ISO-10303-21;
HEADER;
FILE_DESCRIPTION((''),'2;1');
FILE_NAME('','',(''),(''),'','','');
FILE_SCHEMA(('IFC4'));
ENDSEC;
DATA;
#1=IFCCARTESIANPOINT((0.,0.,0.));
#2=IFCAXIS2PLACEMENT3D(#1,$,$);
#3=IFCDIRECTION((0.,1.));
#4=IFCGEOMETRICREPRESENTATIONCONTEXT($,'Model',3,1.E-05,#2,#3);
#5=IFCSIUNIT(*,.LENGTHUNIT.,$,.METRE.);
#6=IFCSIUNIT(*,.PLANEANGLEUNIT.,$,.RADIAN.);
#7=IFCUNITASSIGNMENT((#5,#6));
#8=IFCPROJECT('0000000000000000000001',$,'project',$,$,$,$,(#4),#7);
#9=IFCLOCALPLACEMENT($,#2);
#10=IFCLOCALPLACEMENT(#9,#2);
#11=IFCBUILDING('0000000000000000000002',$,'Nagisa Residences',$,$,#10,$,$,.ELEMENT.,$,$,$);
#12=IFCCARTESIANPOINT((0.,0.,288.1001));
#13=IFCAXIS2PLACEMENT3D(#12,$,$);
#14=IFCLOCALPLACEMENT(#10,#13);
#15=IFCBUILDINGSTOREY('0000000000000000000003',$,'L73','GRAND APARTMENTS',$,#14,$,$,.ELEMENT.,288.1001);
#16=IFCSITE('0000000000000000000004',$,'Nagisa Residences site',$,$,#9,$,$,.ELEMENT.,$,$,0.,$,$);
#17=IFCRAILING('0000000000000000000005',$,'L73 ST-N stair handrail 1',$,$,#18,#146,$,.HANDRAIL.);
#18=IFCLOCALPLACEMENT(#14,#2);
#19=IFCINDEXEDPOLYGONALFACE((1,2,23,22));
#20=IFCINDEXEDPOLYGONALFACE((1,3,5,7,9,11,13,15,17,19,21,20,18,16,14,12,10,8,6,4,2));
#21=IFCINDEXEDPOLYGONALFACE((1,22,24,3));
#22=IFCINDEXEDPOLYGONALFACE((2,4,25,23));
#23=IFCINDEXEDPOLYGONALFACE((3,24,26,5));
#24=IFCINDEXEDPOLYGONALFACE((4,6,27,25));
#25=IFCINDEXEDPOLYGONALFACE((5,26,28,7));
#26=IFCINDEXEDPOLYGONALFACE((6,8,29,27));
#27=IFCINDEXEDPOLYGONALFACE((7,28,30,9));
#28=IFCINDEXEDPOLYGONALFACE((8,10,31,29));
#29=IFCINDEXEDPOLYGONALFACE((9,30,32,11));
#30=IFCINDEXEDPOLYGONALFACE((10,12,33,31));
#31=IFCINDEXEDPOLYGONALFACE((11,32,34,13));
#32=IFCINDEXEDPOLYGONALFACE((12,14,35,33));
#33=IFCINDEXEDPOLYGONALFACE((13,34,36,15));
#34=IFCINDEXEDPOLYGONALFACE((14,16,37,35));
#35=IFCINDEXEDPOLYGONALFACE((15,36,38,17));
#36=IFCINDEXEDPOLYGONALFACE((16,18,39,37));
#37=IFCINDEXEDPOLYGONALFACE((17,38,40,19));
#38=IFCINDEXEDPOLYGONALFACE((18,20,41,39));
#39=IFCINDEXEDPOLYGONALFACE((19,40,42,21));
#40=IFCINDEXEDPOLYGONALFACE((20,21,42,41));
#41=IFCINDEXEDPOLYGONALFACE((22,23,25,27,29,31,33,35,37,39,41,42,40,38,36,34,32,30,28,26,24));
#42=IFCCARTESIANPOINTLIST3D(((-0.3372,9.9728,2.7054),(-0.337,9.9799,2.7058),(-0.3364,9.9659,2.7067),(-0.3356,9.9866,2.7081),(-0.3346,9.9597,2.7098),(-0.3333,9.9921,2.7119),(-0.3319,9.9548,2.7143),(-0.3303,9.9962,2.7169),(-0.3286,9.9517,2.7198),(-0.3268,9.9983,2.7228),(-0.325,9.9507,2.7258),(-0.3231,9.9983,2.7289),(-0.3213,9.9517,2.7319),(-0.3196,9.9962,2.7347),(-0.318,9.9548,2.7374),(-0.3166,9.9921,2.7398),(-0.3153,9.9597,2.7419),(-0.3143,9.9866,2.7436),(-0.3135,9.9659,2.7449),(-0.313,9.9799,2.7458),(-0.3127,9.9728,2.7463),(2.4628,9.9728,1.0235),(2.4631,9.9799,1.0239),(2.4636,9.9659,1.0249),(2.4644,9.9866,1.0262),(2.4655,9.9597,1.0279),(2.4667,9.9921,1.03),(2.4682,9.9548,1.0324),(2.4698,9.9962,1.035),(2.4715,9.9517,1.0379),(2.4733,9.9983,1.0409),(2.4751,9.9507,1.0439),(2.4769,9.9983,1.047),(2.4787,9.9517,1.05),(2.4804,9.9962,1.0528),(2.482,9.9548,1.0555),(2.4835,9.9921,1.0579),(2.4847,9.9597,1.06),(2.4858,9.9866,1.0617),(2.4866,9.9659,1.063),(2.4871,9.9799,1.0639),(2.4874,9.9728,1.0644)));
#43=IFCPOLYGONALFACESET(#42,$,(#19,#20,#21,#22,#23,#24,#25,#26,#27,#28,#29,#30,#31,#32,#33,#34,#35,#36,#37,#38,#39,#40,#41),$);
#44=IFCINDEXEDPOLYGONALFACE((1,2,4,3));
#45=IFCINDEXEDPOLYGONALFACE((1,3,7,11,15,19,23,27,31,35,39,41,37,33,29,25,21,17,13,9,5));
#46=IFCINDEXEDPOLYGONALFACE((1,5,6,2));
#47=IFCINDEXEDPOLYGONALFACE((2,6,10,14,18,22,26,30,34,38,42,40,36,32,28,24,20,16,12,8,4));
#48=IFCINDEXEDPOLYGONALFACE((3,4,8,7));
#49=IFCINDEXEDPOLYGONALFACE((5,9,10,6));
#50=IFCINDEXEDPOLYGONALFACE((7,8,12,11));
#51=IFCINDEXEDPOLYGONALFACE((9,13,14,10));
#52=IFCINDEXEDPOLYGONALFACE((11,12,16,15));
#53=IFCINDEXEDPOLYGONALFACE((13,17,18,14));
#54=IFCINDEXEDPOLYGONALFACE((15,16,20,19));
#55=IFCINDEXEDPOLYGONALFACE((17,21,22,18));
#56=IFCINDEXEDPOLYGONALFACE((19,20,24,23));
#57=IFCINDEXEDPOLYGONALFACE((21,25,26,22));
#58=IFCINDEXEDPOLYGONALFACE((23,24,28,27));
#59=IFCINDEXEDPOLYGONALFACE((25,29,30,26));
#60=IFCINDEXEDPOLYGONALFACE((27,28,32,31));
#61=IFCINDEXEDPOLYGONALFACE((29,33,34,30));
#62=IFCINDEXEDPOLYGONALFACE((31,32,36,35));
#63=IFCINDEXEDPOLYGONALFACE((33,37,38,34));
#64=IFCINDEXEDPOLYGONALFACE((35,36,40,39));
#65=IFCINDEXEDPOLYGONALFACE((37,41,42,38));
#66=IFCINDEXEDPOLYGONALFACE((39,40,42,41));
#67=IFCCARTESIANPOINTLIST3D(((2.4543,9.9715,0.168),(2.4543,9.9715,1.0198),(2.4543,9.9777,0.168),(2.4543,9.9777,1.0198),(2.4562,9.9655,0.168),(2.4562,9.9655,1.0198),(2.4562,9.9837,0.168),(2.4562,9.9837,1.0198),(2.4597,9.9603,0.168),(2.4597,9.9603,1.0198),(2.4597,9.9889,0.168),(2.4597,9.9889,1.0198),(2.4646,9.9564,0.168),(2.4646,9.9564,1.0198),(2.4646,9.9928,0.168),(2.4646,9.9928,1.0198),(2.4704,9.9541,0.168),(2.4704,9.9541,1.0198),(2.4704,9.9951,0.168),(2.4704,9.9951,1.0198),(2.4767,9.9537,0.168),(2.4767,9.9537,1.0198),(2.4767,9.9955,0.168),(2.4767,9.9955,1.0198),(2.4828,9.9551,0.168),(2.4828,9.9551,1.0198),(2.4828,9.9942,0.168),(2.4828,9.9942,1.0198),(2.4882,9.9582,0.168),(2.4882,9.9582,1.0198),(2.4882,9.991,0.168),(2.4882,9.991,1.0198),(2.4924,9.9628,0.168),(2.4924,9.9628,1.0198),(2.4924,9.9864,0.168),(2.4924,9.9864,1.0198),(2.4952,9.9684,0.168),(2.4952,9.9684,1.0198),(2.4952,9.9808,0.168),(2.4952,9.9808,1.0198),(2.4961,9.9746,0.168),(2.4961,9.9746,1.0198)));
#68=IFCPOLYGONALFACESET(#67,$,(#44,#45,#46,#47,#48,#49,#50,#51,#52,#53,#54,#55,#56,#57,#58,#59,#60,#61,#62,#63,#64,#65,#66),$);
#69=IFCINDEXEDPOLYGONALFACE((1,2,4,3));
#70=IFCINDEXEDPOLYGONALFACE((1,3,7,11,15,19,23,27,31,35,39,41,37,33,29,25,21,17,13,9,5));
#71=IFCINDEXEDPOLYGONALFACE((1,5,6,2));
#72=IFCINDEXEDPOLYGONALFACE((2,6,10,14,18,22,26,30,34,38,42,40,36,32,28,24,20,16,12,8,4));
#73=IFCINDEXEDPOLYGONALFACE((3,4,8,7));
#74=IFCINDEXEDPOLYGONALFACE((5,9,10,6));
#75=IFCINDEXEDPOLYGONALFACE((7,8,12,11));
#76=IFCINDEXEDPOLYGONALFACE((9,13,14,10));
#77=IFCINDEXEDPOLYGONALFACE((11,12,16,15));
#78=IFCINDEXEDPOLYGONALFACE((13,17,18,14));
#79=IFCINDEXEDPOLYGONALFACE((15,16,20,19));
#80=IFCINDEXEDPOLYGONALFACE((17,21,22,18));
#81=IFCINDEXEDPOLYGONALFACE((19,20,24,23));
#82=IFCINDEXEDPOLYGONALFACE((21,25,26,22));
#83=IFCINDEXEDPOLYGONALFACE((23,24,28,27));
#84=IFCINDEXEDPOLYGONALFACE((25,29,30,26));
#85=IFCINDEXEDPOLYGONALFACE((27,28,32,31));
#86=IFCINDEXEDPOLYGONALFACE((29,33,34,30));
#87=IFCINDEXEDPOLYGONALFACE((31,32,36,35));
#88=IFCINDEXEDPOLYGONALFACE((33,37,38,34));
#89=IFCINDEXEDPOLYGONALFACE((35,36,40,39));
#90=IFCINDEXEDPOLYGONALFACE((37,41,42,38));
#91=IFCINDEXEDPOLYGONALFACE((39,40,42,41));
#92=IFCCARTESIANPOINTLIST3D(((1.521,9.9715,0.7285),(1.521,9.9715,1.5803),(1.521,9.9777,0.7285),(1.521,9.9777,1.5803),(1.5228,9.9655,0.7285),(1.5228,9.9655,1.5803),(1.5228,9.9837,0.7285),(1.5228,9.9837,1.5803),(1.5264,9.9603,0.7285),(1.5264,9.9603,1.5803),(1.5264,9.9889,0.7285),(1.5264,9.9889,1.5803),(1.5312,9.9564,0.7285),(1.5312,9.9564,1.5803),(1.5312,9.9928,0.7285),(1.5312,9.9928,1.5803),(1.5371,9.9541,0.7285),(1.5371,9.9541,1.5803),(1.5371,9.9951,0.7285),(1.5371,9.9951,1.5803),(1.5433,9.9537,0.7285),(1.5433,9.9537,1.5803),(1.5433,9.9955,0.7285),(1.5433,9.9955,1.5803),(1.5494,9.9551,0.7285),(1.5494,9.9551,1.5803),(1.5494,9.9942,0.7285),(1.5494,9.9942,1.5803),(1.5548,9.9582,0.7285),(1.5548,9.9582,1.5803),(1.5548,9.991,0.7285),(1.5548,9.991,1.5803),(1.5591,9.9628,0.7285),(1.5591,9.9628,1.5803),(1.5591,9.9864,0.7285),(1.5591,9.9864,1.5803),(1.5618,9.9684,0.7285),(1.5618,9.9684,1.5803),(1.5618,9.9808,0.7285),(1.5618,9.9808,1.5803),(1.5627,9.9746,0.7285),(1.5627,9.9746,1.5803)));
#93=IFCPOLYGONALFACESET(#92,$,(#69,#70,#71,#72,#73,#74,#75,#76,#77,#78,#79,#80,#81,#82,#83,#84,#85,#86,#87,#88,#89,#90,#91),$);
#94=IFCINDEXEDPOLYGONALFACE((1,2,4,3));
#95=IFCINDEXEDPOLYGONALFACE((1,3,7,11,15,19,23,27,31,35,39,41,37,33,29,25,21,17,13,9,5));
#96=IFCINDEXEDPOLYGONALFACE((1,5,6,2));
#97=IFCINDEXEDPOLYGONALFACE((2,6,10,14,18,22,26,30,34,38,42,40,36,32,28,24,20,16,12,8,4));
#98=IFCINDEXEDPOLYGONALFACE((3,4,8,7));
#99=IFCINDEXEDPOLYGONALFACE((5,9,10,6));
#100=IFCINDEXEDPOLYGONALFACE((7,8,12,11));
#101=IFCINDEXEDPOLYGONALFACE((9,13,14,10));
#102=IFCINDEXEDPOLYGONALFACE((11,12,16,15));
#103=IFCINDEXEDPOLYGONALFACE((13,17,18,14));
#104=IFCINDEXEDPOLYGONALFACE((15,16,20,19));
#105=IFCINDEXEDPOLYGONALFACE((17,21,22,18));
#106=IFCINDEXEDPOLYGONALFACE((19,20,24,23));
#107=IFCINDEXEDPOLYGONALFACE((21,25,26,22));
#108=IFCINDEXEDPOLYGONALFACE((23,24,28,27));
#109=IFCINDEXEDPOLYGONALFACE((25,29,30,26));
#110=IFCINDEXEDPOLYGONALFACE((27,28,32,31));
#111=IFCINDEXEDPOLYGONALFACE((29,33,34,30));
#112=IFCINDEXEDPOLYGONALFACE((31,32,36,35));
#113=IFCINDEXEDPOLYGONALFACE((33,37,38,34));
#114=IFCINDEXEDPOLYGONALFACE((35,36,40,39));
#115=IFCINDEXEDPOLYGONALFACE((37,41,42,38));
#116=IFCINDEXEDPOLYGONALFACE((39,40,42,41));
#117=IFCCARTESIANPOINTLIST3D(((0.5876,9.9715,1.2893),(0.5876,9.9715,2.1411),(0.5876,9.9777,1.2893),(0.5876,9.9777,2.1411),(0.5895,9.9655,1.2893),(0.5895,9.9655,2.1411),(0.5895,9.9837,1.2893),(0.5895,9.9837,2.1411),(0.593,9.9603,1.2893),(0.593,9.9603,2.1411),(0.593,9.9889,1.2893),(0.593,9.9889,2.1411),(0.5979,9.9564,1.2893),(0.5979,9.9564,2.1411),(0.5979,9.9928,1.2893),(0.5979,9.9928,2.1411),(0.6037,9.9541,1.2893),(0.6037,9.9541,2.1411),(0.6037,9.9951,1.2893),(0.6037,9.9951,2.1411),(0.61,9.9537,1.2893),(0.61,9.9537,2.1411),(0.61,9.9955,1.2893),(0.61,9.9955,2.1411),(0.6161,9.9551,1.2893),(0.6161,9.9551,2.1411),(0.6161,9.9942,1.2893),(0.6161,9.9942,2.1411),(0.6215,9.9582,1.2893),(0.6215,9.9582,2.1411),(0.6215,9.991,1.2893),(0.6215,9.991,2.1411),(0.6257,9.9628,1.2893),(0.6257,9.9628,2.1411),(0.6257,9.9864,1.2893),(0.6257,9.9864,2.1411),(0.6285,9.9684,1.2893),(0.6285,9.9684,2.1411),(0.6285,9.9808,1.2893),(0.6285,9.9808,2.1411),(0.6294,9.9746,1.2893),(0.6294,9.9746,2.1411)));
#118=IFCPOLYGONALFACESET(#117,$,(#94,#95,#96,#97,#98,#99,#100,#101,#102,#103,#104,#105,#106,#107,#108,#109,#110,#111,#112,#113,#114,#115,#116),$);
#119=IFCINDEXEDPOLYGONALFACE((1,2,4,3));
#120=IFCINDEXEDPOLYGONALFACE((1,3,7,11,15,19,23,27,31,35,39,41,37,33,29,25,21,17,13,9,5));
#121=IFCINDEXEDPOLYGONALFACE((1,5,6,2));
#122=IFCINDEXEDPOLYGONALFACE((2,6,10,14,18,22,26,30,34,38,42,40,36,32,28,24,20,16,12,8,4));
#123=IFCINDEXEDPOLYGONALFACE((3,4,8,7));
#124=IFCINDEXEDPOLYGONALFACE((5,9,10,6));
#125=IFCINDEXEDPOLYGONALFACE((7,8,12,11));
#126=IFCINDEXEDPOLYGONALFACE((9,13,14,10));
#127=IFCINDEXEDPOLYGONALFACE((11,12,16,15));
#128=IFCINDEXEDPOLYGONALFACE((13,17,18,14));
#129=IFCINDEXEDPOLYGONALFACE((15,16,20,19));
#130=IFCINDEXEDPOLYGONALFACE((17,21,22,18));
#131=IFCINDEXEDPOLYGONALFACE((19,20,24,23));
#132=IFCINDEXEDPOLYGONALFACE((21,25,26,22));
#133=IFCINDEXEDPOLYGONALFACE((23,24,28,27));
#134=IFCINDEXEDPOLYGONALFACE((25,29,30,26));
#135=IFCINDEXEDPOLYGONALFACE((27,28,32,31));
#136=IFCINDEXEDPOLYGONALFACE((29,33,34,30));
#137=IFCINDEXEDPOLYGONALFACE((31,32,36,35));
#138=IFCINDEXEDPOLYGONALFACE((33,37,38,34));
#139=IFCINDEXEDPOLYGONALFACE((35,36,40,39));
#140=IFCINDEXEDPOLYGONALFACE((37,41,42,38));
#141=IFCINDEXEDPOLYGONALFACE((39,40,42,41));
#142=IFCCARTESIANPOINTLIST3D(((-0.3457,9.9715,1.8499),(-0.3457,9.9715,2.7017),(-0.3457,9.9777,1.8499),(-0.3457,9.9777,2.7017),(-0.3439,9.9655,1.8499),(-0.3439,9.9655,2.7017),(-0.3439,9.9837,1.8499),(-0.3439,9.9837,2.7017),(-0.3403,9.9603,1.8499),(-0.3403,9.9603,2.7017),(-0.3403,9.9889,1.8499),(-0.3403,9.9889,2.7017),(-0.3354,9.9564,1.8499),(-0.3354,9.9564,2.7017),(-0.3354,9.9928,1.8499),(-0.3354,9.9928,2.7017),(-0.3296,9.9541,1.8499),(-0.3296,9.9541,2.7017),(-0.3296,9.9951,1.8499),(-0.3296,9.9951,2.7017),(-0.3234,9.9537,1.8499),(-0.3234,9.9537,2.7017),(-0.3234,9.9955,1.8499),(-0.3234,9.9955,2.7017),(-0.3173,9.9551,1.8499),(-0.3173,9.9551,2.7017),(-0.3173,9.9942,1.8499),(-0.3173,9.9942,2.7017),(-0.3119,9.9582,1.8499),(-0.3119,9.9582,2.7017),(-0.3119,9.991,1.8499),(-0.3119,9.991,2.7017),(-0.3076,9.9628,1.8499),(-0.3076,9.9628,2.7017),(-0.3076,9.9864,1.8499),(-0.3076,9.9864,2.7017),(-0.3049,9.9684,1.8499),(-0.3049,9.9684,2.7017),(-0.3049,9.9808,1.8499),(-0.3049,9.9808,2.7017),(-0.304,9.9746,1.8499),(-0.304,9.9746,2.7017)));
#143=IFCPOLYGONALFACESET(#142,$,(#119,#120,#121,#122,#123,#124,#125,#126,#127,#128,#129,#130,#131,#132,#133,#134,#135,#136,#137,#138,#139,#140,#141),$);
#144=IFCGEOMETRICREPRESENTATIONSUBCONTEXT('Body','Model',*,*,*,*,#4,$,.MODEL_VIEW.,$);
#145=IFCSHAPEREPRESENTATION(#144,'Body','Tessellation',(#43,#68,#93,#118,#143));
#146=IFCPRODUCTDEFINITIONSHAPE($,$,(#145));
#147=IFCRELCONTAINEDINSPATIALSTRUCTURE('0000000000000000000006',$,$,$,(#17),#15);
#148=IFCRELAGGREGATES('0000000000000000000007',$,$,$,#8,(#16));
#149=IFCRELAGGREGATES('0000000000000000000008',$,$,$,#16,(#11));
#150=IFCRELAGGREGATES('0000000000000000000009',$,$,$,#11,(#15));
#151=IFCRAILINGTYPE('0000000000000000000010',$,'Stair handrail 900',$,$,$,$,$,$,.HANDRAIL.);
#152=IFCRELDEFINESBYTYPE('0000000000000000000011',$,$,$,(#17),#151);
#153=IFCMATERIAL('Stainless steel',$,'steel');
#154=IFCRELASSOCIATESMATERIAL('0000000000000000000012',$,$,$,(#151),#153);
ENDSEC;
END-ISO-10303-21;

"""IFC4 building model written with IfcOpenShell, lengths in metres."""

from ifc_helpers import new_model, si_unit, direction, frame, origin, origin_2d, place, context, subcontext, project, spatial, circle, extrude, material, type_object, element, save


model = new_model("IFC4")

# Units and contexts
model_context = context("Model", 3, precision=1e-05, world=origin(), true_north=direction((0.0, 1.0)))
body_context = subcontext(model_context, "Body", "Model", "MODEL_VIEW")
ifc_project = project(units=[si_unit("LENGTHUNIT", "METRE"), si_unit("PLANEANGLEUNIT", "RADIAN")], contexts=[model_context])

# Site, building, storey
site_placement = place(None, origin())
site = spatial("IfcSite", under=ifc_project, at=site_placement, Name="Nagisa Residences site", CompositionType="ELEMENT", RefElevation=0.0)
building_placement = place(site_placement, origin())
building = spatial("IfcBuilding", under=site, at=building_placement, Name="Nagisa Residences", CompositionType="ELEMENT")
storey_placement = place(building_placement, frame((0.0, 0.0, 288.1001)))
storey = spatial("IfcBuildingStorey", under=building, at=storey_placement, Name="L73", Description="GRAND APARTMENTS", CompositionType="ELEMENT", Elevation=288.1001)

# Railing
ifc_material_1 = material(Name="Stainless steel", Category="steel")
railing_type_1 = type_object("IfcRailingType", Name="Stair handrail 900", PredefinedType="HANDRAIL", material=ifc_material_1)
railing_1_placement = place(storey_placement, frame((2.4751, 9.9746, 0.168)))
element("IfcRailing", 1, at=railing_1_placement, inside=storey, type_object=railing_type_1, Name="L73 ST-N stair handrail 1", PredefinedType="HANDRAIL", context=body_context, shape_type="SweptSolid", body=[
    extrude(circle(Radius=0.0239, at=origin_2d()), frame((0.0, 0.0, 0.876), z_axis=(-0.857242, 0.0, 0.514913), x_axis=(0.0, -1.0, 0.0)), (0.0, 0.0, 1.0), 3.2664),
    extrude(circle(Radius=0.021, at=origin_2d()), origin(), (0.0, 0.0, 1.0), 0.8518),
    extrude(circle(Radius=0.021, at=origin_2d()), frame((-0.9333, 0.0, 0.5605)), (0.0, 0.0, 1.0), 0.8518),
    extrude(circle(Radius=0.021, at=origin_2d()), frame((-1.8667, 0.0, 1.1213)), (0.0, 0.0, 1.0), 0.8518),
    extrude(circle(Radius=0.021, at=origin_2d()), frame((-2.8, 0.0, 1.6819)), (0.0, 0.0, 1.0), 0.8518),
])

save(model, "model.ifc")
